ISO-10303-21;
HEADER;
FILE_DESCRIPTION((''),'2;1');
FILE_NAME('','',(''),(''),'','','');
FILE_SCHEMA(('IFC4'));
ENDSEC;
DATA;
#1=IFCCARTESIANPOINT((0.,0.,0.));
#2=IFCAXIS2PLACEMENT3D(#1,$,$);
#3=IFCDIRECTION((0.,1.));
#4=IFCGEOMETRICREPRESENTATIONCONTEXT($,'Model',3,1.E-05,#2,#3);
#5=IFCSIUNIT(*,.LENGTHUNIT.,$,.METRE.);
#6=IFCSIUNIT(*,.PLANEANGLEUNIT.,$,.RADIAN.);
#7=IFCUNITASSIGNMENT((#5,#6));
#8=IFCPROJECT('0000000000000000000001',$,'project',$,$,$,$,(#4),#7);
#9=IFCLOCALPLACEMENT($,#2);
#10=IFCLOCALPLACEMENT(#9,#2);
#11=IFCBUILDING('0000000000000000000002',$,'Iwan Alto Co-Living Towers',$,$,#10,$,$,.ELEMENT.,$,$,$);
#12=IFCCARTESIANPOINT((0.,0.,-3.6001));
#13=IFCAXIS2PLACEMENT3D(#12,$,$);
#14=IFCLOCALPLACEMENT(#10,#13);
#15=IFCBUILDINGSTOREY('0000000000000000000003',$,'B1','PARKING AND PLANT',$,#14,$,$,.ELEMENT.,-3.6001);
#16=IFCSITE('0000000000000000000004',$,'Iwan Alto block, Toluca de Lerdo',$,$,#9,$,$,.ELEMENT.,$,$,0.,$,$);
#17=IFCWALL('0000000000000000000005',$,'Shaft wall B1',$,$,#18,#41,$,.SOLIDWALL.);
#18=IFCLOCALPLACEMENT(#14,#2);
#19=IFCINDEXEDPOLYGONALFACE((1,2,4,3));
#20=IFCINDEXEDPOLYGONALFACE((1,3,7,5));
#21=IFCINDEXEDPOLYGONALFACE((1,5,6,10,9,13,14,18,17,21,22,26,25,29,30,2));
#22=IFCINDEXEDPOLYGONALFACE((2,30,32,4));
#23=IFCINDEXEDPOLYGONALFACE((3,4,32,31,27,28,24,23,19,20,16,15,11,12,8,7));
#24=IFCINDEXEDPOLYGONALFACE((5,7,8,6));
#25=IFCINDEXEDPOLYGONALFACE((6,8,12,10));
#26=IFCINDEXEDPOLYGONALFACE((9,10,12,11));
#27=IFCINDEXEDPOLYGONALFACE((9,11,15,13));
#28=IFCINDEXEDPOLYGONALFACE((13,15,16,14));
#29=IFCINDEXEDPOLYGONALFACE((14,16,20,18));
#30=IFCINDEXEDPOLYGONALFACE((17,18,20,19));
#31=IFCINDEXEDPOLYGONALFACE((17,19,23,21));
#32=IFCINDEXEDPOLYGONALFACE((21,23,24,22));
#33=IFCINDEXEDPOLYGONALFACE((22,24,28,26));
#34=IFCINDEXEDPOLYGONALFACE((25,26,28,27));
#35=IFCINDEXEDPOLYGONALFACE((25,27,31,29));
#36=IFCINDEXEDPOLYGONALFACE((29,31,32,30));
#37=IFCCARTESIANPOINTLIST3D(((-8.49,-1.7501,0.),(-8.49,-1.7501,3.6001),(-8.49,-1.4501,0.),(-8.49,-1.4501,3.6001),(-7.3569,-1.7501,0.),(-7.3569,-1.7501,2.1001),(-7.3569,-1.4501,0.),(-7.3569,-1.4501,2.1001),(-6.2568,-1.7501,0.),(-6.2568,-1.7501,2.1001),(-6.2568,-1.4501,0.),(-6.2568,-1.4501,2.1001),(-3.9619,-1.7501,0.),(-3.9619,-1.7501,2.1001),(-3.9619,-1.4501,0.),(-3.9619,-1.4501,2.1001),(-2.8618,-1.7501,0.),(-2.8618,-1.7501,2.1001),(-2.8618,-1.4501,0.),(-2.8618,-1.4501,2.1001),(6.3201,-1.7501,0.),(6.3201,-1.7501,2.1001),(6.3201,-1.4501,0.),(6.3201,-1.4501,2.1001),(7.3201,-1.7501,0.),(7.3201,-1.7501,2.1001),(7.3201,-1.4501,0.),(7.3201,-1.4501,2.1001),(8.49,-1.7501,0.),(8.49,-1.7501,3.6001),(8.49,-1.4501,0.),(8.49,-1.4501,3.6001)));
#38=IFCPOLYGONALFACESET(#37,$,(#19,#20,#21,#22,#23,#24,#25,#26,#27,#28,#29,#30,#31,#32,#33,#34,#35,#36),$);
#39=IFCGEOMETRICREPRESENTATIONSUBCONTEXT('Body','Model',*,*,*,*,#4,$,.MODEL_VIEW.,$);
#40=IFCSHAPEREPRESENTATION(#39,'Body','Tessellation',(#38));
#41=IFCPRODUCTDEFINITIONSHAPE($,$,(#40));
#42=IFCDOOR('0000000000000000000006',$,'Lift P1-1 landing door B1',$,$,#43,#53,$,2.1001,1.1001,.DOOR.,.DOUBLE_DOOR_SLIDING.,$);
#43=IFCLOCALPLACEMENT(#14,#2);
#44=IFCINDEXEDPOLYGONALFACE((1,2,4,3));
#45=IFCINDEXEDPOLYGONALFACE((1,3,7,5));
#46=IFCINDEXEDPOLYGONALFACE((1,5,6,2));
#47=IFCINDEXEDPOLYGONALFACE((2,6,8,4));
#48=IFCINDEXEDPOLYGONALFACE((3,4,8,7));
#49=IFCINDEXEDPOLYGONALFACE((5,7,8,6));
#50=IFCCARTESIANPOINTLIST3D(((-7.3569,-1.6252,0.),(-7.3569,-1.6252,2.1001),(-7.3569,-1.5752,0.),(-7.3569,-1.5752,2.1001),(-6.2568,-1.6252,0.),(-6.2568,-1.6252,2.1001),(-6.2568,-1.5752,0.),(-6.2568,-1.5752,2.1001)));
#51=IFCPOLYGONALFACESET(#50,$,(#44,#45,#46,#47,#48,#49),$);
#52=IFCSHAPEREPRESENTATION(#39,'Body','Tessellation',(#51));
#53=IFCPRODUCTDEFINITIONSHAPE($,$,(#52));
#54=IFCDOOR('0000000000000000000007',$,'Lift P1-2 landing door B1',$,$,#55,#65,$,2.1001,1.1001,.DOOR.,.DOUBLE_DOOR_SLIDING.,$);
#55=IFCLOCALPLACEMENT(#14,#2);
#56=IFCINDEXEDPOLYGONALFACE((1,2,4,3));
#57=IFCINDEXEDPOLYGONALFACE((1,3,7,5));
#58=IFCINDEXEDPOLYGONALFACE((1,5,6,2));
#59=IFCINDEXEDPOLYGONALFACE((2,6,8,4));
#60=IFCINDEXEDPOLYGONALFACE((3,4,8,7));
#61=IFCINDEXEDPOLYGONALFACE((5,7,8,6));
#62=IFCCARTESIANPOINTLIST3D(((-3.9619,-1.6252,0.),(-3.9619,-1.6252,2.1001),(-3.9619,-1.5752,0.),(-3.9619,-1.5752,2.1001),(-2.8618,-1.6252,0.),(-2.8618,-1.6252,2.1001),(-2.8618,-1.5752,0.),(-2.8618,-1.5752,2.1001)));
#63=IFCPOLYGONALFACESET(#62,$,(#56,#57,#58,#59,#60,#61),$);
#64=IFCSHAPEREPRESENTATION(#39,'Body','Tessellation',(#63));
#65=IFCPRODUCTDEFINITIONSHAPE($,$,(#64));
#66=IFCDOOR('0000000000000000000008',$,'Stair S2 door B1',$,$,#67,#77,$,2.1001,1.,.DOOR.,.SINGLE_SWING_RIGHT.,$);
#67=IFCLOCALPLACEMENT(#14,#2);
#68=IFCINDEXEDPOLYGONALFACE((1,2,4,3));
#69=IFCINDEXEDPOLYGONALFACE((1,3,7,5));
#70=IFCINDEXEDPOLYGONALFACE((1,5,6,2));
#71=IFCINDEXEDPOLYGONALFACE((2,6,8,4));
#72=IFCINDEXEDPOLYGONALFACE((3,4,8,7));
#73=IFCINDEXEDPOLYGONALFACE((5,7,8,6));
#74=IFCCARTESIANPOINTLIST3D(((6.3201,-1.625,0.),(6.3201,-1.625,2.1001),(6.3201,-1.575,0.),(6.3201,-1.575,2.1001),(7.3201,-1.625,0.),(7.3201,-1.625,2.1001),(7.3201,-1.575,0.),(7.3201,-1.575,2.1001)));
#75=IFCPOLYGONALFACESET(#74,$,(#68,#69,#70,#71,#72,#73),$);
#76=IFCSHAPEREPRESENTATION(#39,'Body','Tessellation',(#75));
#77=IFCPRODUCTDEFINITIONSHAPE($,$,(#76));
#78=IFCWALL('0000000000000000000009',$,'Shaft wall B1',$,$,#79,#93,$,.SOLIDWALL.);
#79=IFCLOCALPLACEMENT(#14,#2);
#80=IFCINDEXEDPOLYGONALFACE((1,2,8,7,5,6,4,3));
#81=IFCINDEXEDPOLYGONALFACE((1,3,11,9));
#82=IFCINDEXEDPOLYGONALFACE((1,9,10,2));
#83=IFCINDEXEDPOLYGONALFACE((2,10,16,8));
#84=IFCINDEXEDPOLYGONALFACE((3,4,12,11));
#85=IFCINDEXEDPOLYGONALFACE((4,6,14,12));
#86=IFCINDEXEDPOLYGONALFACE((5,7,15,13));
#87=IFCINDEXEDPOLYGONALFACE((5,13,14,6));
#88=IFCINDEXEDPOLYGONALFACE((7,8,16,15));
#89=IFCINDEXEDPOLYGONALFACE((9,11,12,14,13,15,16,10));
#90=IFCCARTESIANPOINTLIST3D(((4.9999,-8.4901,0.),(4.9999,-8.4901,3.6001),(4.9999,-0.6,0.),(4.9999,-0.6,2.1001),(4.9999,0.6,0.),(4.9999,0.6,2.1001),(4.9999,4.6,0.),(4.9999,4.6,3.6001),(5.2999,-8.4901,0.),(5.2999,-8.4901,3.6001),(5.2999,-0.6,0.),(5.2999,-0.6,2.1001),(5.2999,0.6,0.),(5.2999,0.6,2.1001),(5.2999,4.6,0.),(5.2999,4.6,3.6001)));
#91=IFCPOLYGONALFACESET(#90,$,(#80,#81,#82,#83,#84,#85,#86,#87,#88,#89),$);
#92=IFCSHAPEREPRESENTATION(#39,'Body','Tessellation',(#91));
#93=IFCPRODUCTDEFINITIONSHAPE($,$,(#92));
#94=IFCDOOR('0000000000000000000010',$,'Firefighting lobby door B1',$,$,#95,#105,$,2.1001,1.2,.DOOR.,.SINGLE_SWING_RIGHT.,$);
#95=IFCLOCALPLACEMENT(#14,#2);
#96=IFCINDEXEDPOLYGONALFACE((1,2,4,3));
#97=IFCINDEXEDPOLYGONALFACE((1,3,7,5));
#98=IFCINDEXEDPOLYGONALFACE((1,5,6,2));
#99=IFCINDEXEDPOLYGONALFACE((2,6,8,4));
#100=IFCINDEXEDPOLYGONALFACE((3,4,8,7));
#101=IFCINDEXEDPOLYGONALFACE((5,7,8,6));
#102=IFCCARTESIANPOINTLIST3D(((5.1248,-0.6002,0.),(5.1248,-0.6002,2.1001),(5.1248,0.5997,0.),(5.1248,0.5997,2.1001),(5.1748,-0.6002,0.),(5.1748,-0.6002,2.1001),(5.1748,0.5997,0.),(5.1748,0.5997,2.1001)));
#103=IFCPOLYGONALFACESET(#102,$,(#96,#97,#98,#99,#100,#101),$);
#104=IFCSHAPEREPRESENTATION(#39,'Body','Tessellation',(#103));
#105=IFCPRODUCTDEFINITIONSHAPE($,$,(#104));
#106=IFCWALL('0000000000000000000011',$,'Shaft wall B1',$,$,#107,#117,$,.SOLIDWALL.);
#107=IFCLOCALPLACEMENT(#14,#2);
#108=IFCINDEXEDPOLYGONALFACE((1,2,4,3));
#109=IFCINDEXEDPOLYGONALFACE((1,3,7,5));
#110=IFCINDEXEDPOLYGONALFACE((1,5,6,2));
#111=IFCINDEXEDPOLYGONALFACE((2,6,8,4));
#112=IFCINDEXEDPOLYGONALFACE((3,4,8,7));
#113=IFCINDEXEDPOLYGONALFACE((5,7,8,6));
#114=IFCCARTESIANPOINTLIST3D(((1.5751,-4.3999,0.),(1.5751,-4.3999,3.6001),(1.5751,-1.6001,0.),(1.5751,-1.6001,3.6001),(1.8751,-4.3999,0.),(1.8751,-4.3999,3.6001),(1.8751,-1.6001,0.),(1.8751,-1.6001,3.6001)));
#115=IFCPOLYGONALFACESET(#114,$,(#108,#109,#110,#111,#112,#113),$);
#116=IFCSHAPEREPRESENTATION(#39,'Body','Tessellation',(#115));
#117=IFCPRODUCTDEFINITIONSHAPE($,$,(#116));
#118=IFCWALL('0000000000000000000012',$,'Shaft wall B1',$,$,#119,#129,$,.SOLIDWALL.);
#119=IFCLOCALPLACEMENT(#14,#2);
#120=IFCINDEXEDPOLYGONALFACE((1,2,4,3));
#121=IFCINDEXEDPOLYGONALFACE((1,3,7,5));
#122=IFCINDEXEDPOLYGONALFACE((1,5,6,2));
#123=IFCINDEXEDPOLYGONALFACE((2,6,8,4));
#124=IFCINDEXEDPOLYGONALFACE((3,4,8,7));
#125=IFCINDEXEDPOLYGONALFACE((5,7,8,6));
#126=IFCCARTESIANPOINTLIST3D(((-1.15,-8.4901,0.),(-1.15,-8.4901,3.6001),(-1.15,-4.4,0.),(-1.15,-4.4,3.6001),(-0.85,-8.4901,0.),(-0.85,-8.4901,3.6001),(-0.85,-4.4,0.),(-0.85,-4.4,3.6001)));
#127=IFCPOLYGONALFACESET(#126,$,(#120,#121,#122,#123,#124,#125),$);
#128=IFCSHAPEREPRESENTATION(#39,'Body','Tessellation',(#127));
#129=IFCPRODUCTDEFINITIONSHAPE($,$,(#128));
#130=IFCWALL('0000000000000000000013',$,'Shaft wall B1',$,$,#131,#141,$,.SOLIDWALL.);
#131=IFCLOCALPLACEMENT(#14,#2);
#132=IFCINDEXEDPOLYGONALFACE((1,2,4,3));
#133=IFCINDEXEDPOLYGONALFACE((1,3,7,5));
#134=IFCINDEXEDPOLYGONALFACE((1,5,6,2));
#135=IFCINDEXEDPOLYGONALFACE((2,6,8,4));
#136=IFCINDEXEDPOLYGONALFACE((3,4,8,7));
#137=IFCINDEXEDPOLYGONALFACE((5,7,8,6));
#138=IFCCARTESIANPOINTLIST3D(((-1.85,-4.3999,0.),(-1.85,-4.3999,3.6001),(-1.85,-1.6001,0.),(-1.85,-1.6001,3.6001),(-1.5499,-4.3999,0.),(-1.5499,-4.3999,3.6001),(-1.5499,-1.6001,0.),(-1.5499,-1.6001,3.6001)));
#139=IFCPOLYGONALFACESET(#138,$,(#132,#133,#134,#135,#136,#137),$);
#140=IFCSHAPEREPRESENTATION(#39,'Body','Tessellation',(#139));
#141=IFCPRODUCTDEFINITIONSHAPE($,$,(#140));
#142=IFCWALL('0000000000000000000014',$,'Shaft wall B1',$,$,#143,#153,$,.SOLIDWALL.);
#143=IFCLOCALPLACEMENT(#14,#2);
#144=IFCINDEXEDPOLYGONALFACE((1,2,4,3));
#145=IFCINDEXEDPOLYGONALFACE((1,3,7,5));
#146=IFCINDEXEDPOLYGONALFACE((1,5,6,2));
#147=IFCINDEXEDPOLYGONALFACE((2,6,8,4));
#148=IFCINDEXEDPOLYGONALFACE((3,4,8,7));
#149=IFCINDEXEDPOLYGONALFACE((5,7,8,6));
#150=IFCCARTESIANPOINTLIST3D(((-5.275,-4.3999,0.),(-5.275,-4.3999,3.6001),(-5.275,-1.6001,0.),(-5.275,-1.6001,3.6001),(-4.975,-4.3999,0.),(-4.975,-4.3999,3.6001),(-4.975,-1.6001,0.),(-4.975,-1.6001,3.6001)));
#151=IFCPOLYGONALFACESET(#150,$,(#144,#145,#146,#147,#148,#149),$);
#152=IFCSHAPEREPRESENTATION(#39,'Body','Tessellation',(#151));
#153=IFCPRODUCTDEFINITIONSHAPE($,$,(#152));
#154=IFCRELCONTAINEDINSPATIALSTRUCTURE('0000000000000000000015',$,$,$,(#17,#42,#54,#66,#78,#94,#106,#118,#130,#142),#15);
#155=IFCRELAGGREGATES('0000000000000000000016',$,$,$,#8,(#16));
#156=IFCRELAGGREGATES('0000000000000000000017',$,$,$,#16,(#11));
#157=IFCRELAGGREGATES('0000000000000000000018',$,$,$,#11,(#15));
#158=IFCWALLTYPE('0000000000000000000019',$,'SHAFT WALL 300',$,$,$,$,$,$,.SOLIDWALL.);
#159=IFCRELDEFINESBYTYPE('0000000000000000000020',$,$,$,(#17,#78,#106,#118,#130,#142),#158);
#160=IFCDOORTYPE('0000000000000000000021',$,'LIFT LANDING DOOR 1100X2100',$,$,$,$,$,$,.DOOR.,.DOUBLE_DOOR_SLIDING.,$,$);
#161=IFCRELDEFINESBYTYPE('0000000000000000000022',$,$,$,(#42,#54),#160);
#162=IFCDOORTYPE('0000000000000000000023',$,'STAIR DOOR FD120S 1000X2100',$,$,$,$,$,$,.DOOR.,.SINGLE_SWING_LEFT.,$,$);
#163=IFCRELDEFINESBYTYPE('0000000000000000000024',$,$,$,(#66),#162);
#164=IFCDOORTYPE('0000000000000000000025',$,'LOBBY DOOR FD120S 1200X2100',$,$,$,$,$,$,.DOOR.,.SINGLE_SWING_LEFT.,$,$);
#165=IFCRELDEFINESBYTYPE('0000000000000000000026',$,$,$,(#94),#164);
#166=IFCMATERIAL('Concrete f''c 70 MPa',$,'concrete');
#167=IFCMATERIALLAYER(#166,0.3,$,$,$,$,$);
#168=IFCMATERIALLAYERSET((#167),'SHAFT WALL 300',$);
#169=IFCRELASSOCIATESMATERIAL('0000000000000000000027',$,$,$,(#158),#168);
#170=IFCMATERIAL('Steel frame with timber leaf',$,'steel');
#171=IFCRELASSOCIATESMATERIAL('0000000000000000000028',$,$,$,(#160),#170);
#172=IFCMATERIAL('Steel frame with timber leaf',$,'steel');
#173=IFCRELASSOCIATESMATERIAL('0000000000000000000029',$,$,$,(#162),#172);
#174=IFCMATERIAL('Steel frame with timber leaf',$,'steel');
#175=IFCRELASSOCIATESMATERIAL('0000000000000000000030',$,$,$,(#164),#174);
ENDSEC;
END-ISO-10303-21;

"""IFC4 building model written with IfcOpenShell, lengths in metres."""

from ifc_helpers import new_model, si_unit, direction, frame, frame_2d, origin, place, context, subcontext, project, spatial, rectangle, extrude, material, layer, layer_set, type_object, element, fill, save


model = new_model("IFC4")

# Units and contexts
model_context = context("Model", 3, precision=1e-05, world=origin(), true_north=direction((0.0, 1.0)))
body_context = subcontext(model_context, "Body", "Model", "MODEL_VIEW")
ifc_project = project(units=[si_unit("LENGTHUNIT", "METRE"), si_unit("PLANEANGLEUNIT", "RADIAN")], contexts=[model_context])

# Site, building, storey
site_placement = place(None, origin())
site = spatial("IfcSite", under=ifc_project, at=site_placement, Name="Iwan Alto block, Toluca de Lerdo", CompositionType="ELEMENT", RefElevation=0.0)
building_placement = place(site_placement, origin())
building = spatial("IfcBuilding", under=site, at=building_placement, Name="Iwan Alto Co-Living Towers", CompositionType="ELEMENT")
storey_placement = place(building_placement, frame((0.0, 0.0, -3.6001)))
storey = spatial("IfcBuildingStorey", under=building, at=storey_placement, Name="B1", Description="PARKING AND PLANT", CompositionType="ELEMENT", Elevation=-3.6001)

# Shared definitions
ifc_material_1 = material(Name="Concrete f'c 70 MPa", Category="concrete")
ifc_layer_1 = layer(ifc_material_1, 0.3)
ifc_layer_set_1 = layer_set([ifc_layer_1], Name="SHAFT WALL 300")
wall_type_1 = type_object("IfcWallType", Name="SHAFT WALL 300", PredefinedType="SOLIDWALL", material=ifc_layer_set_1)

# Wall, openings, doors
wall_1_placement = place(storey_placement, frame((-8.49, -1.6001, 0.0), z_axis=(0.0, 0.0, 1.0), x_axis=(1.0, 0.0, 0.0)))
wall_1 = element("IfcWall", 1, at=wall_1_placement, inside=storey, type_object=wall_type_1, Name="Shaft wall B1", PredefinedType="SOLIDWALL", context=body_context, shape_type="SweptSolid", body=[
    extrude(rectangle(XDim=16.98, YDim=0.3, at=frame_2d((8.49, 0.0))), origin(), (0.0, 0.0, 1.0), 3.6001),
])
opening_1_placement = place(wall_1_placement, frame((14.8101, 0.0, 0.0)))
opening_1 = element("IfcOpeningElement", 2, at=opening_1_placement, cuts=wall_1, PredefinedType="OPENING", context=body_context, shape_type="SweptSolid", body=[
    extrude(rectangle(XDim=1.0, YDim=2.1001, at=frame_2d((0.5, 1.05))), frame((0.0, 0.1599, 0.0), z_axis=(0.0, -1.0, 0.0), x_axis=(1.0, 0.0, 0.0)), (0.0, 0.0, 1.0), 0.3201),
])
opening_2_placement = place(wall_1_placement, frame((1.1331, 0.0, 0.0)))
opening_2 = element("IfcOpeningElement", 3, at=opening_2_placement, cuts=wall_1, PredefinedType="OPENING", context=body_context, shape_type="SweptSolid", body=[
    extrude(rectangle(XDim=1.1001, YDim=2.1001, at=frame_2d((0.55, 1.05))), frame((0.0, 0.1599, 0.0), z_axis=(0.0, -1.0, 0.0), x_axis=(1.0, 0.0, 0.0)), (0.0, 0.0, 1.0), 0.3201),
])
opening_3_placement = place(wall_1_placement, frame((4.5281, 0.0, 0.0)))
opening_3 = element("IfcOpeningElement", 4, at=opening_3_placement, cuts=wall_1, PredefinedType="OPENING", context=body_context, shape_type="SweptSolid", body=[
    extrude(rectangle(XDim=1.1001, YDim=2.1001, at=frame_2d((0.55, 1.05))), frame((0.0, 0.1599, 0.0), z_axis=(0.0, -1.0, 0.0), x_axis=(1.0, 0.0, 0.0)), (0.0, 0.0, 1.0), 0.3201),
])
ifc_material_2 = material(Name="Steel frame with timber leaf", Category="steel")
door_type_1 = type_object("IfcDoorType", Name="LIFT LANDING DOOR 1100X2100", OperationType="DOUBLE_DOOR_SLIDING", PredefinedType="DOOR", material=ifc_material_2)
door_1_placement = place(opening_2_placement, origin())
door_1 = element("IfcDoor", 5, at=door_1_placement, inside=storey, type_object=door_type_1, Name="Lift P1-1 landing door B1", OperationType="DOUBLE_DOOR_SLIDING", OverallHeight=2.1001, OverallWidth=1.1001, PredefinedType="DOOR", context=body_context, shape_type="SweptSolid", body=[
    extrude(rectangle(XDim=1.1001, YDim=2.1001, at=frame_2d((0.55, 1.05))), frame((0.0, 0.0249, 0.0), z_axis=(0.0, -1.0, 0.0), x_axis=(1.0, 0.0, 0.0)), (0.0, 0.0, 1.0), 0.05),
])
fill(opening_2, door_1)
door_2_placement = place(opening_3_placement, origin())
door_2 = element("IfcDoor", 6, at=door_2_placement, inside=storey, type_object=door_type_1, Name="Lift P1-2 landing door B1", OperationType="DOUBLE_DOOR_SLIDING", OverallHeight=2.1001, OverallWidth=1.1001, PredefinedType="DOOR", context=body_context, shape_type="SweptSolid", body=[
    extrude(rectangle(XDim=1.1001, YDim=2.1001, at=frame_2d((0.55, 1.05))), frame((0.0, 0.0249, 0.0), z_axis=(0.0, -1.0, 0.0), x_axis=(1.0, 0.0, 0.0)), (0.0, 0.0, 1.0), 0.05),
])
fill(opening_3, door_2)
ifc_material_3 = material(Name="Steel frame with timber leaf", Category="steel")
door_type_2 = type_object("IfcDoorType", Name="STAIR DOOR FD120S 1000X2100", OperationType="SINGLE_SWING_LEFT", PredefinedType="DOOR", material=ifc_material_3)
door_3_placement = place(opening_1_placement, frame((1.0, 0.0, 0.0), z_axis=(0.0, 0.0, 1.0), x_axis=(-1.0, 0.0, 0.0)))
door_3 = element("IfcDoor", 7, at=door_3_placement, inside=storey, type_object=door_type_2, Name="Stair S2 door B1", OperationType="SINGLE_SWING_RIGHT", OverallHeight=2.1001, OverallWidth=1.0, PredefinedType="DOOR", context=body_context, shape_type="SweptSolid", body=[
    extrude(rectangle(XDim=1.0, YDim=2.1001, at=frame_2d((0.5, 1.05))), frame((0.0, 0.0249, 0.0), z_axis=(0.0, -1.0, 0.0), x_axis=(1.0, 0.0, 0.0)), (0.0, 0.0, 1.0), 0.05),
])
fill(opening_1, door_3)

# Wall, opening, door
wall_2_placement = place(storey_placement, frame((5.1499, -8.49, 0.0), z_axis=(0.0, 0.0, 1.0), x_axis=(0.0, 1.0, 0.0)))
wall_2 = element("IfcWall", 8, at=wall_2_placement, inside=storey, type_object=wall_type_1, Name="Shaft wall B1", PredefinedType="SOLIDWALL", context=body_context, shape_type="SweptSolid", body=[
    extrude(rectangle(XDim=13.0901, YDim=0.3, at=frame_2d((6.5449, 0.0))), origin(), (0.0, 0.0, 1.0), 3.6001),
])
opening_4_placement = place(wall_2_placement, frame((7.8899, 0.0, 0.0)))
opening_4 = element("IfcOpeningElement", 9, at=opening_4_placement, cuts=wall_2, PredefinedType="OPENING", context=body_context, shape_type="SweptSolid", body=[
    extrude(rectangle(XDim=1.2, YDim=2.1001, at=frame_2d((0.6001, 1.05))), frame((0.0, 0.1599, 0.0), z_axis=(0.0, -1.0, 0.0), x_axis=(1.0, 0.0, 0.0)), (0.0, 0.0, 1.0), 0.3201),
])
ifc_material_4 = material(Name="Steel frame with timber leaf", Category="steel")
door_type_3 = type_object("IfcDoorType", Name="LOBBY DOOR FD120S 1200X2100", OperationType="SINGLE_SWING_LEFT", PredefinedType="DOOR", material=ifc_material_4)
door_4_placement = place(opening_4_placement, frame((1.2, 0.0, 0.0), z_axis=(0.0, 0.0, 1.0), x_axis=(-1.0, 0.0, 0.0)))
door_4 = element("IfcDoor", 10, at=door_4_placement, inside=storey, type_object=door_type_3, Name="Firefighting lobby door B1", OperationType="SINGLE_SWING_RIGHT", OverallHeight=2.1001, OverallWidth=1.2, PredefinedType="DOOR", context=body_context, shape_type="SweptSolid", body=[
    extrude(rectangle(XDim=1.2, YDim=2.1001, at=frame_2d((0.6001, 1.05))), frame((0.0, 0.0249, 0.0), z_axis=(0.0, -1.0, 0.0), x_axis=(1.0, 0.0, 0.0)), (0.0, 0.0, 1.0), 0.05),
])
fill(opening_4, door_4)

# Walls
wall_3_placement = place(storey_placement, frame((1.7251, -4.3999, 0.0), z_axis=(0.0, 0.0, 1.0), x_axis=(0.0, 1.0, 0.0)))
element("IfcWall", 11, at=wall_3_placement, inside=storey, type_object=wall_type_1, Name="Shaft wall B1", PredefinedType="SOLIDWALL", context=body_context, shape_type="SweptSolid", body=[
    extrude(rectangle(XDim=2.7998, YDim=0.3, at=frame_2d((1.3999, 0.0))), origin(), (0.0, 0.0, 1.0), 3.6001),
])
wall_4_placement = place(storey_placement, frame((-1.0, -8.49, 0.0), z_axis=(0.0, 0.0, 1.0), x_axis=(0.0, 1.0, 0.0)))
element("IfcWall", 12, at=wall_4_placement, inside=storey, type_object=wall_type_1, Name="Shaft wall B1", PredefinedType="SOLIDWALL", context=body_context, shape_type="SweptSolid", body=[
    extrude(rectangle(XDim=4.0901, YDim=0.3, at=frame_2d((2.0449, 0.0))), origin(), (0.0, 0.0, 1.0), 3.6001),
])
for number, where, z_axis, x_axis, name in (
    (13, (-1.7, -4.3999, 0.0), (0.0, 0.0, 1.0), (0.0, 1.0, 0.0), "Shaft wall B1"),
    (14, (-5.125, -4.3999, 0.0), (0.0, 0.0, 1.0), (0.0, 1.0, 0.0), "Shaft wall B1"),
):
    element("IfcWall", number, at=place(storey_placement, frame(where, z_axis=z_axis, x_axis=x_axis)), inside=storey, type_object=wall_type_1, Name=name, PredefinedType="SOLIDWALL", context=body_context, shape_type="SweptSolid", body=[
        extrude(rectangle(XDim=2.7998, YDim=0.3, at=frame_2d((1.3999, 0.0))), origin(), (0.0, 0.0, 1.0), 3.6001),
    ])

save(model, "model.ifc")
